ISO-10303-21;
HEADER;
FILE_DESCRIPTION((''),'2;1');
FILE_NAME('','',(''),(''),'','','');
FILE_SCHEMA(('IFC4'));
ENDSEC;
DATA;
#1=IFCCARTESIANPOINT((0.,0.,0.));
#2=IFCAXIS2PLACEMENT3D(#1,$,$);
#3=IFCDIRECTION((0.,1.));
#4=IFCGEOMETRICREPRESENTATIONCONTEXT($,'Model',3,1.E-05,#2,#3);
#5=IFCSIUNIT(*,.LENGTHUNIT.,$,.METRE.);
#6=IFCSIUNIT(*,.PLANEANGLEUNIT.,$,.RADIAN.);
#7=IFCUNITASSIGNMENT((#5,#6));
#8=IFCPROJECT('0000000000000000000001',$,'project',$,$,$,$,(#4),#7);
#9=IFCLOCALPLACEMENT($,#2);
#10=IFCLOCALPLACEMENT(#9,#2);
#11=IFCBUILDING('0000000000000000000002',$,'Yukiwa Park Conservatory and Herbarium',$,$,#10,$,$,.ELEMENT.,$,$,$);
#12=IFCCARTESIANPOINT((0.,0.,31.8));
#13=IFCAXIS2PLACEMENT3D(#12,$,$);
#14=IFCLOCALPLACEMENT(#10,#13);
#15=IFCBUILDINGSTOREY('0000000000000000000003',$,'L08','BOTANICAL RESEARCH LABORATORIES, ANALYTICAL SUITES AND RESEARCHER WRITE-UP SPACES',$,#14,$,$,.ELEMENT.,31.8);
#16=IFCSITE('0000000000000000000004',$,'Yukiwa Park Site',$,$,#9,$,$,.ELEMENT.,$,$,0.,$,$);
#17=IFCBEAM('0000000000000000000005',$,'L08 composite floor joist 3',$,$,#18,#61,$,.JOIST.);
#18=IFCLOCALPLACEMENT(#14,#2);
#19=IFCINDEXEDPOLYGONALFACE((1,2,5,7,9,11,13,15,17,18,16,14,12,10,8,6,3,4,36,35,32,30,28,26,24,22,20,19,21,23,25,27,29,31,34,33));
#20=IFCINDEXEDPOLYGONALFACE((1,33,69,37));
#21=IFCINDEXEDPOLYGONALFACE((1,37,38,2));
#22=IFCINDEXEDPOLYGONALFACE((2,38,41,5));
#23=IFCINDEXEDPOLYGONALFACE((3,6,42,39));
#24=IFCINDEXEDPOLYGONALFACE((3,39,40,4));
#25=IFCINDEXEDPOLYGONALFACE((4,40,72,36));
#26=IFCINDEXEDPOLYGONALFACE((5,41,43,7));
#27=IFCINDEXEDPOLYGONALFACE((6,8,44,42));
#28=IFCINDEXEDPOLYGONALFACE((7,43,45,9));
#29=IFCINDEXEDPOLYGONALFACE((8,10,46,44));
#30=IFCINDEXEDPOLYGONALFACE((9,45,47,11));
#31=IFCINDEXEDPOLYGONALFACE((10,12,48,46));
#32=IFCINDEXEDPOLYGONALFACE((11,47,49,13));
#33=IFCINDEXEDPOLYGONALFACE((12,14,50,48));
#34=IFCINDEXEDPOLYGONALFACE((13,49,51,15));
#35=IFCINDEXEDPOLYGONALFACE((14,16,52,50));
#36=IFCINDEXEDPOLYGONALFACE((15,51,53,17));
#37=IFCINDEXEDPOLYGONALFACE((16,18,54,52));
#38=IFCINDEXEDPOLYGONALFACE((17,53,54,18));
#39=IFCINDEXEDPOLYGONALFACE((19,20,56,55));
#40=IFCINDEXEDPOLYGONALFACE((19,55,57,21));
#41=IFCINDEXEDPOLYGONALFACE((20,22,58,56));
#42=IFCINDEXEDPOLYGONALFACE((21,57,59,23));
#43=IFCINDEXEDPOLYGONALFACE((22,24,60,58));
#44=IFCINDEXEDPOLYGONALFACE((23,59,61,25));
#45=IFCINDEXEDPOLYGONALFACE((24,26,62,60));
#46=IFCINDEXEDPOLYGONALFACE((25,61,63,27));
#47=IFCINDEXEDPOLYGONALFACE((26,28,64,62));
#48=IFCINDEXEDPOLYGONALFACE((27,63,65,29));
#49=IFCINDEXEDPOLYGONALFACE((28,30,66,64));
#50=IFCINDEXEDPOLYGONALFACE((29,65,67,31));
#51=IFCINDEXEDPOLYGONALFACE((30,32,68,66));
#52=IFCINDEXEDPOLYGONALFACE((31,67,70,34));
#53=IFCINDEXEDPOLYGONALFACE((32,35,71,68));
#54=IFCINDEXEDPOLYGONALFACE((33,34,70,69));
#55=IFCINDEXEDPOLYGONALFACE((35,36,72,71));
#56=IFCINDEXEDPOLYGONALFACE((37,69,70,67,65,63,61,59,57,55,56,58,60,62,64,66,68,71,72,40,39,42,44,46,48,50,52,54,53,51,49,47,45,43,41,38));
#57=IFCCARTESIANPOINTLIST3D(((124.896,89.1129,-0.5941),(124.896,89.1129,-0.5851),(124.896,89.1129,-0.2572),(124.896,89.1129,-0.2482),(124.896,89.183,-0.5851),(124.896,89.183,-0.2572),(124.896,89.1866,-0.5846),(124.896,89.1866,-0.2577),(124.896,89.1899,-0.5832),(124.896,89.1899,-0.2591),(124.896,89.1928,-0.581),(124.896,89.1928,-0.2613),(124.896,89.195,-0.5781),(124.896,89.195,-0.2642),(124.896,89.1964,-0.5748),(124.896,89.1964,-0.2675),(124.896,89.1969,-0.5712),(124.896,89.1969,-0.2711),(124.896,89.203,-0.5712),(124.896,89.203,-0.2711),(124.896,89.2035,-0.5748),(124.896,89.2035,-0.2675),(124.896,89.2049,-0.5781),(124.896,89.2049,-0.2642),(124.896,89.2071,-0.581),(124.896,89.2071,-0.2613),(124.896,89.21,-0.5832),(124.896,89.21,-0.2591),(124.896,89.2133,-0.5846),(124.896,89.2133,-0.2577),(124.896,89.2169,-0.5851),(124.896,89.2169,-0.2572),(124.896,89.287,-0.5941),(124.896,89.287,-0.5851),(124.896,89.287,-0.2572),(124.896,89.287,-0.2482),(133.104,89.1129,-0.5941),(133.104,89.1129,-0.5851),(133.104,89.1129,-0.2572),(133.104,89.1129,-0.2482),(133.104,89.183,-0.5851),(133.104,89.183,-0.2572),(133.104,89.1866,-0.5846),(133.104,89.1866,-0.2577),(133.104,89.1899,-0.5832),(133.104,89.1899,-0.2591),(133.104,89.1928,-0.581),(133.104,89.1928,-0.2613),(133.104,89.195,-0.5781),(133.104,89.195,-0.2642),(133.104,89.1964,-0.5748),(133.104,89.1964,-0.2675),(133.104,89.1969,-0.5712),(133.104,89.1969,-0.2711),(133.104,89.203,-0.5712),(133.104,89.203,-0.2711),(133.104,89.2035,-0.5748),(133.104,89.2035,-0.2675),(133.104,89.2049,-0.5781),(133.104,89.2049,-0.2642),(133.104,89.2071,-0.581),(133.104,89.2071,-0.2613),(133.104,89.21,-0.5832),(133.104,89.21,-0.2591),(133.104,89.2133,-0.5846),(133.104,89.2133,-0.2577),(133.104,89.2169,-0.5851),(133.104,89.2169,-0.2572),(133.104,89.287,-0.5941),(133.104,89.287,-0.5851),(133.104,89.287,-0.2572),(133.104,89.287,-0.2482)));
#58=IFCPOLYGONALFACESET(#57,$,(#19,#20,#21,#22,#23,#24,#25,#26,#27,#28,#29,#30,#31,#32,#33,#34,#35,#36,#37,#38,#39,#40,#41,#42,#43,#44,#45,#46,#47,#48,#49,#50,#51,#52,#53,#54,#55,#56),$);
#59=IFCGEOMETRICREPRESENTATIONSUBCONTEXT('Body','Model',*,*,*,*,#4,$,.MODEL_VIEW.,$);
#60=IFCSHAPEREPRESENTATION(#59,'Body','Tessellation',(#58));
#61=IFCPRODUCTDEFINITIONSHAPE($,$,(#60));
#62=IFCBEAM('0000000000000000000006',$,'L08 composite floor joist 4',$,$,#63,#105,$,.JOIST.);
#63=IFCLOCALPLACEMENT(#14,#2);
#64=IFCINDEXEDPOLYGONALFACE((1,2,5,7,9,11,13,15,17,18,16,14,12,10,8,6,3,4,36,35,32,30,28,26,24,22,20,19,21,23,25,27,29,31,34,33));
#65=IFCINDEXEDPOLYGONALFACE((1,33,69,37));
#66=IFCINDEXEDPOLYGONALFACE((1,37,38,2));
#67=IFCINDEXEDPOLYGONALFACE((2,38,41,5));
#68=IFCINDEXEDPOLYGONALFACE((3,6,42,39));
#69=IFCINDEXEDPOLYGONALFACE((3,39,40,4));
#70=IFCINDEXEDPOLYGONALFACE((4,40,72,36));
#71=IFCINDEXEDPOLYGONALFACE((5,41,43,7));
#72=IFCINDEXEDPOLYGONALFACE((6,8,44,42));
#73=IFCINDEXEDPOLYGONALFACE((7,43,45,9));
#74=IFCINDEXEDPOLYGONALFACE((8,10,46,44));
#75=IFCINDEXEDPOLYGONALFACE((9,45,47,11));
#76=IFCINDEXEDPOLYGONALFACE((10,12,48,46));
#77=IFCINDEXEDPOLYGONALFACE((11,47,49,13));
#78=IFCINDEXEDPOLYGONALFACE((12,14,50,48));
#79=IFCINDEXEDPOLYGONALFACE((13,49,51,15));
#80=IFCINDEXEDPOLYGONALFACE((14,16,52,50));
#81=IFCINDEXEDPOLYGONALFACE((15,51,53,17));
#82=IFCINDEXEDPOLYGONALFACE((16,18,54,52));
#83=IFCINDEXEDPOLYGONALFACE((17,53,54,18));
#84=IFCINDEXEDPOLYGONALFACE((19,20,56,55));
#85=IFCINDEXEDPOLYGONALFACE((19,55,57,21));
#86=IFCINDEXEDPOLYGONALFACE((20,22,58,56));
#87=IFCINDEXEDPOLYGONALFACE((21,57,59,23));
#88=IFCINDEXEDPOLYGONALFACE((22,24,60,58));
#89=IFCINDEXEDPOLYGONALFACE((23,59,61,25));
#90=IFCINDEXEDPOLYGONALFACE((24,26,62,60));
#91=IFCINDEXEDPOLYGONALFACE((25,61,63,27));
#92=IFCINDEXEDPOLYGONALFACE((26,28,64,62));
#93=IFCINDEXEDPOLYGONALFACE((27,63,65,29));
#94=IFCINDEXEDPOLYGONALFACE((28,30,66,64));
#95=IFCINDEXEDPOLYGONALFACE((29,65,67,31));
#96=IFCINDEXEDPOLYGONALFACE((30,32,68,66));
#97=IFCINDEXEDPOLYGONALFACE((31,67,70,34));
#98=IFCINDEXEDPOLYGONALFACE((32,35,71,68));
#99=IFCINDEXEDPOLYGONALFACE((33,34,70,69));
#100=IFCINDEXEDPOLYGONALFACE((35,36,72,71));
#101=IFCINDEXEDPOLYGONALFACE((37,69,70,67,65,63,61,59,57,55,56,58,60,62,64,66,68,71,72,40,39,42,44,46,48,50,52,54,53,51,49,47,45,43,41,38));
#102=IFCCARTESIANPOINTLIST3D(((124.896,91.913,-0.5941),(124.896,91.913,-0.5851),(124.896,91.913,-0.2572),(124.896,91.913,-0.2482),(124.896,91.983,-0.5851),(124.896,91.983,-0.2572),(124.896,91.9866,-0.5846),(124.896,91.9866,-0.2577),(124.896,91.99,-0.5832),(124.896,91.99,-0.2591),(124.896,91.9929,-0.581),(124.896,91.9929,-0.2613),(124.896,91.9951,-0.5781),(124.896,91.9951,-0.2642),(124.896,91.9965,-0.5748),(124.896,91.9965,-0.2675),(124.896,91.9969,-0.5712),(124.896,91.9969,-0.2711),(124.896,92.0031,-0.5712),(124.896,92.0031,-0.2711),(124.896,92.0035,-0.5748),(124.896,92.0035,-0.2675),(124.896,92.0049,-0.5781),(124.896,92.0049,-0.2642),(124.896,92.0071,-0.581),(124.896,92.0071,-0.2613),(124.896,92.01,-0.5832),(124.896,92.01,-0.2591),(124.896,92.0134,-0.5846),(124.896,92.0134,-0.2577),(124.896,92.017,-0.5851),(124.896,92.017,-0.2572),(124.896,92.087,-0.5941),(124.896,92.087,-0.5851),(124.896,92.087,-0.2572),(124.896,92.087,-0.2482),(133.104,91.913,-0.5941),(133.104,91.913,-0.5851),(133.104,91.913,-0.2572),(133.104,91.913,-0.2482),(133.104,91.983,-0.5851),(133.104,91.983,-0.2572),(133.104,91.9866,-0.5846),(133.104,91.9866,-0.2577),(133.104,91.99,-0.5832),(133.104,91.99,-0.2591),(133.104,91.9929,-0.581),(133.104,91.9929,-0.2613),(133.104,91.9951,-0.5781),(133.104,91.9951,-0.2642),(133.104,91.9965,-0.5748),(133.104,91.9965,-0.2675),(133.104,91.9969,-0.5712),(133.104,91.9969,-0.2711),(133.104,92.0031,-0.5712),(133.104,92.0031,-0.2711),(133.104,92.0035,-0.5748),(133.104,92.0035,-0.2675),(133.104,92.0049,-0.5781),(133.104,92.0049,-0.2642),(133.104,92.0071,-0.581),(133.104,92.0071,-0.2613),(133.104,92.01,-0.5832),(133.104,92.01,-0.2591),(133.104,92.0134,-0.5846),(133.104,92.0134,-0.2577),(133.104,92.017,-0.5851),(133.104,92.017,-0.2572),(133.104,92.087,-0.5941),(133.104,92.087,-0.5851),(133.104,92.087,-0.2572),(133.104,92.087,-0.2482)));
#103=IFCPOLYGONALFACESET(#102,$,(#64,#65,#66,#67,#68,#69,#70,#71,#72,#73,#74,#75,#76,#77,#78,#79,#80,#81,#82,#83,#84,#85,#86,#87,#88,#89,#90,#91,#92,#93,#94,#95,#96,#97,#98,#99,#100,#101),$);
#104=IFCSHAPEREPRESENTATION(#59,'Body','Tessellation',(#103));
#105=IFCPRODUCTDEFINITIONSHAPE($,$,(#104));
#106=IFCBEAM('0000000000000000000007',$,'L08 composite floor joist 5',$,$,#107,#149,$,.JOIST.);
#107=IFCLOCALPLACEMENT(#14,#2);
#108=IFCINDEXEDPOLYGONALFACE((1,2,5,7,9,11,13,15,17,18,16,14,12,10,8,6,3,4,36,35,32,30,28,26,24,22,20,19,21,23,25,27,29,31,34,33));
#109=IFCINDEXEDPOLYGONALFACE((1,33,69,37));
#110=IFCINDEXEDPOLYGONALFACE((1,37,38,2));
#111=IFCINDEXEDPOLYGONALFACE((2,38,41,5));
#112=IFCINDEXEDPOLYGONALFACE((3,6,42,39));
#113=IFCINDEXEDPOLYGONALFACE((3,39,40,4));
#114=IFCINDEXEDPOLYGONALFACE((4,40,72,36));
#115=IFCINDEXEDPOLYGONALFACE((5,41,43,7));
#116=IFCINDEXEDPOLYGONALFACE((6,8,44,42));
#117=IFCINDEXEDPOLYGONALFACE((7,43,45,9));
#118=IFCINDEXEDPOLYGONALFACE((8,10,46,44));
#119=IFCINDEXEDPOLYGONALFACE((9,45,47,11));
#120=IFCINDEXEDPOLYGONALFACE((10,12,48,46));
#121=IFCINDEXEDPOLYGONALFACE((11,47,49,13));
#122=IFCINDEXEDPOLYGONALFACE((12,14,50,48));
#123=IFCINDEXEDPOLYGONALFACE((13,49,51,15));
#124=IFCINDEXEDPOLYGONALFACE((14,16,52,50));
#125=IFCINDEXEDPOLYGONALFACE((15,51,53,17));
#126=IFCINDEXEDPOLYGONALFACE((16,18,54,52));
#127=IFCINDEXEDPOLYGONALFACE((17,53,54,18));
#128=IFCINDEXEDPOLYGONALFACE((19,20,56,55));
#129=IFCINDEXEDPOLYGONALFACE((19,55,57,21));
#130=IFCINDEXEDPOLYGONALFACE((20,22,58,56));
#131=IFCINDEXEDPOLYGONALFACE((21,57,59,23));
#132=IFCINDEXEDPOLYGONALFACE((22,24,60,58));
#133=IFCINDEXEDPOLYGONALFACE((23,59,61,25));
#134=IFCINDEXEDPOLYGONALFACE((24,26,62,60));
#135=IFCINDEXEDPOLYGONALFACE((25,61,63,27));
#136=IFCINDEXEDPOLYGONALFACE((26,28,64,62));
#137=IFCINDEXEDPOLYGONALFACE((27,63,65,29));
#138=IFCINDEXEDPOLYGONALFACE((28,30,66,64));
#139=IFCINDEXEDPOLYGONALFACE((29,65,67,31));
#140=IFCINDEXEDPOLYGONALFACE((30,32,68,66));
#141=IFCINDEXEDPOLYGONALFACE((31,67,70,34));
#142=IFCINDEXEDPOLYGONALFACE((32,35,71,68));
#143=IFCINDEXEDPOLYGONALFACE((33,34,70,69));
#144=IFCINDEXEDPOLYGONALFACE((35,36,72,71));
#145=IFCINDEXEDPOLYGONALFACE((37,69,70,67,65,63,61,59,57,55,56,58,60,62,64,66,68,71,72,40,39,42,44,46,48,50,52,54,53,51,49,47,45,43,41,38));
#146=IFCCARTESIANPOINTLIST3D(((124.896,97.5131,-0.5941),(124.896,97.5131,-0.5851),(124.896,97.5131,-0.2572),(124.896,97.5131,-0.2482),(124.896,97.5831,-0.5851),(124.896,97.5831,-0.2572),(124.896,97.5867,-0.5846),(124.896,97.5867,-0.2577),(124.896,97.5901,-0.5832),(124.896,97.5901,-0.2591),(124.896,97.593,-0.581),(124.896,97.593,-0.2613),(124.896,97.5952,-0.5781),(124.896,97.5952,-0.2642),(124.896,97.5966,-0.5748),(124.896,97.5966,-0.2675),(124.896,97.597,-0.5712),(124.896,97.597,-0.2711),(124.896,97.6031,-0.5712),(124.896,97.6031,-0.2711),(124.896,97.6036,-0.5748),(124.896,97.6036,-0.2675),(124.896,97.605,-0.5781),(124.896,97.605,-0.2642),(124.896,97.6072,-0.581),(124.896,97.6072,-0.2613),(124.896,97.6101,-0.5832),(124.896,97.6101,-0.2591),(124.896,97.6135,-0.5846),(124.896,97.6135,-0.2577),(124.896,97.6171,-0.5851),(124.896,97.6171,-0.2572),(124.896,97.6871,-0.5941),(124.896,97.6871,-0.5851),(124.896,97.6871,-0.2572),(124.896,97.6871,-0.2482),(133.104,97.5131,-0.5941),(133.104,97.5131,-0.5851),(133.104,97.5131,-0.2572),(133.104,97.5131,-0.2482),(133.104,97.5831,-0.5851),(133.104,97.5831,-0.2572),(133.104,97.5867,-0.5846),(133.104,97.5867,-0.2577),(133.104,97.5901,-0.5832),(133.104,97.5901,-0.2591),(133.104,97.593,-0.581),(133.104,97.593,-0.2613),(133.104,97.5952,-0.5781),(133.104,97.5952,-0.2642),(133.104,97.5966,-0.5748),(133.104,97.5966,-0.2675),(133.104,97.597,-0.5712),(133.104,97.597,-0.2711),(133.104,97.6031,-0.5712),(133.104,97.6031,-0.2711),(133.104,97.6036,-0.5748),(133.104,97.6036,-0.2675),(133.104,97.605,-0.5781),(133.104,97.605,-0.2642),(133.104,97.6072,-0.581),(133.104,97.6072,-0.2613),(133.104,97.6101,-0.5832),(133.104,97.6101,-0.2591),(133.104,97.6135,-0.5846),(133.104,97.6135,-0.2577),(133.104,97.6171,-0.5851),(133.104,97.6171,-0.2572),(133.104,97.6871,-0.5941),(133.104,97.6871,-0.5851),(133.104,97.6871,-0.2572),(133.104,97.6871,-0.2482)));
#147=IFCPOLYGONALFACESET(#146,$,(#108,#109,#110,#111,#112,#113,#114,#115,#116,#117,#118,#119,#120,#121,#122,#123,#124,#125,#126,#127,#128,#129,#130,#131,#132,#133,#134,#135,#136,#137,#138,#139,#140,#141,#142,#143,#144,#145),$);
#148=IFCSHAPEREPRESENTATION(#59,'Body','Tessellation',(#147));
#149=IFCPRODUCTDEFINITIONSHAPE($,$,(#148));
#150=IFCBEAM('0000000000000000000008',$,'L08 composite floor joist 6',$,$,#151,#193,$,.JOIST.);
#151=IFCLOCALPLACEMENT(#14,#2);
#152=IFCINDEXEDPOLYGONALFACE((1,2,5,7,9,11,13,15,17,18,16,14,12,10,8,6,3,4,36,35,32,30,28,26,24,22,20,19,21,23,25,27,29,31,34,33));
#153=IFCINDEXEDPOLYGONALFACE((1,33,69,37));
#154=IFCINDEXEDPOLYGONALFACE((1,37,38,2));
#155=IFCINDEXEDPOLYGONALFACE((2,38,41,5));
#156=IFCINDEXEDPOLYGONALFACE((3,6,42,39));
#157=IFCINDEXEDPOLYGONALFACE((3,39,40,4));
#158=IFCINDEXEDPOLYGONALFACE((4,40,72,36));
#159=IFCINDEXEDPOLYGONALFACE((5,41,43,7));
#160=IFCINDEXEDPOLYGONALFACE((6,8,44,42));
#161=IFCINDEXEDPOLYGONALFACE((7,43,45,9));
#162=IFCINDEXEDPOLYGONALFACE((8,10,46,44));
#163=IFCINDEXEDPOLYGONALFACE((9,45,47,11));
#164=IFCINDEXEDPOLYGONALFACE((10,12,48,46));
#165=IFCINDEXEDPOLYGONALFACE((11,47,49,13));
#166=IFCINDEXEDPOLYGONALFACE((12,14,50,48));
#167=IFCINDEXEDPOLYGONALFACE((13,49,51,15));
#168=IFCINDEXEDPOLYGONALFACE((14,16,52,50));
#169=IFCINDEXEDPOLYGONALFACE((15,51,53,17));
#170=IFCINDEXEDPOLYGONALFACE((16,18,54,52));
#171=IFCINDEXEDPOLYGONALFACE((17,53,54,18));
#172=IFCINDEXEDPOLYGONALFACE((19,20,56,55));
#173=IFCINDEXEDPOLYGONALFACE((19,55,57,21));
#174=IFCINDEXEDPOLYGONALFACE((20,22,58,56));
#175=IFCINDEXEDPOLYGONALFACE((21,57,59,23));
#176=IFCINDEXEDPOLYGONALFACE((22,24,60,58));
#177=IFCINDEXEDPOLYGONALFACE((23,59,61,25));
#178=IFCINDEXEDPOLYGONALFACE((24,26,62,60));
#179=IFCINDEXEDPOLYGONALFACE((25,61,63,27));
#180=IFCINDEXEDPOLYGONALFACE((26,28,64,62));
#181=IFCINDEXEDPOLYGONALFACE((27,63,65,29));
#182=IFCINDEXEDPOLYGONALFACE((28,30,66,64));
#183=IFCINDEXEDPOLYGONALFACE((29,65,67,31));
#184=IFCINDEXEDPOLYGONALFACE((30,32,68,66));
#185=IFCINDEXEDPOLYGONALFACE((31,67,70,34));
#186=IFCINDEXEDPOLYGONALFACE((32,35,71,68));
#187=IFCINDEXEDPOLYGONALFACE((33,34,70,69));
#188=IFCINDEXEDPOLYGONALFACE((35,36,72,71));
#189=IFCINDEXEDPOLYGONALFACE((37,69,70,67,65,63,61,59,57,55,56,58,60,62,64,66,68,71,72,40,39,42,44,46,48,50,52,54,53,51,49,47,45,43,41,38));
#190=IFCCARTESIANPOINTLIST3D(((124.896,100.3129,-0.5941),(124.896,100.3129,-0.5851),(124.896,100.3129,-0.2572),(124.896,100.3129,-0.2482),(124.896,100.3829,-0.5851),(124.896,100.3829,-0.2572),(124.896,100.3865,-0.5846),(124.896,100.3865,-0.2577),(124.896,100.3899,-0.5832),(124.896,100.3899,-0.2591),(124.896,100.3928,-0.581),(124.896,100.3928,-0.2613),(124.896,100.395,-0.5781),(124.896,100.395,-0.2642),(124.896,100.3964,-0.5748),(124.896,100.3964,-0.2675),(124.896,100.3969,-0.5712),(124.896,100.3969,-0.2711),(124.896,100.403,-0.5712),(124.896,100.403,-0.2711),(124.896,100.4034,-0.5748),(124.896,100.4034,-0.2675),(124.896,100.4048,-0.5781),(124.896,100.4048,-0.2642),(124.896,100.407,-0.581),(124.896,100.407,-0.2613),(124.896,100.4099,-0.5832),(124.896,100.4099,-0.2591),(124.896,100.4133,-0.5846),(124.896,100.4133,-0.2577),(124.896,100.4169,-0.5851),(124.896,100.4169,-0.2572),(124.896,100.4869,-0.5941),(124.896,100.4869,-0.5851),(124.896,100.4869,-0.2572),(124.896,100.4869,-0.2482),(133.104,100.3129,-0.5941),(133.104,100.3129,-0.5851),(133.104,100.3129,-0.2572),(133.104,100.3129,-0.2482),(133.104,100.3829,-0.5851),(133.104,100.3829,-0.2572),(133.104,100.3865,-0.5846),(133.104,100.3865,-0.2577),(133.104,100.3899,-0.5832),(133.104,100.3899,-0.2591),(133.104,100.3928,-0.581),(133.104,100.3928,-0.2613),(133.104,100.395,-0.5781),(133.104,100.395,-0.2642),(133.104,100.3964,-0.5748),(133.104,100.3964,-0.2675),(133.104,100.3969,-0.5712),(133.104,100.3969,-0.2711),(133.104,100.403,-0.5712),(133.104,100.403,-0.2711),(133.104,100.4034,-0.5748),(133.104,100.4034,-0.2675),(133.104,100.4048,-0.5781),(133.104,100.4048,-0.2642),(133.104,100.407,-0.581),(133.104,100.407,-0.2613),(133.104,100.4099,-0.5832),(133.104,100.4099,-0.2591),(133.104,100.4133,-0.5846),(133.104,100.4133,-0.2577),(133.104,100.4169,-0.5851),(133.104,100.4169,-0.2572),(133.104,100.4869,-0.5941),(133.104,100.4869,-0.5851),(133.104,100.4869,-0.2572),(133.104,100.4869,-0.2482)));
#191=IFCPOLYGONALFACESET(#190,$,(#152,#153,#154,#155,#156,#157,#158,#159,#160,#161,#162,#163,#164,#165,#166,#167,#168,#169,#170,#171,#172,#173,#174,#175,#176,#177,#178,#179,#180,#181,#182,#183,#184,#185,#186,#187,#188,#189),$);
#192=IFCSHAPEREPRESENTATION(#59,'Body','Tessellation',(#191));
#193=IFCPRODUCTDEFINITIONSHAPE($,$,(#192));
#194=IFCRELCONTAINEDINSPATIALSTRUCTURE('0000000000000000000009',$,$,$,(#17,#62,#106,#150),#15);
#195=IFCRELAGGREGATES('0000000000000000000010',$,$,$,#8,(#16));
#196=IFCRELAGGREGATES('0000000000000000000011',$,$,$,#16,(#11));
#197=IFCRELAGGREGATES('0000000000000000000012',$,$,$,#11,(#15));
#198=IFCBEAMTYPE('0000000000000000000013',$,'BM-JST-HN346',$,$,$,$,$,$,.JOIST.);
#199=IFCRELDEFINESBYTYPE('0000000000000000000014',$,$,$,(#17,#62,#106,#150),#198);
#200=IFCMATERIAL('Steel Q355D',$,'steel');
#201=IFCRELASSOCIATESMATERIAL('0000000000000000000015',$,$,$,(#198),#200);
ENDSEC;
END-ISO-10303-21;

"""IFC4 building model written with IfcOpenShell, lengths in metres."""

from ifc_helpers import new_model, si_unit, direction, frame, origin, origin_2d, place, context, subcontext, project, spatial, i_section, extrude, material, material_profile, profile_set, type_object, element, save


model = new_model("IFC4")

# Units and contexts
model_context = context("Model", 3, precision=1e-05, world=origin(), true_north=direction((0.0, 1.0)))
body_context = subcontext(model_context, "Body", "Model", "MODEL_VIEW")
ifc_project = project(units=[si_unit("LENGTHUNIT", "METRE"), si_unit("PLANEANGLEUNIT", "RADIAN")], contexts=[model_context])

# Site, building, storey
site_placement = place(None, origin())
site = spatial("IfcSite", under=ifc_project, at=site_placement, Name="Yukiwa Park Site", CompositionType="ELEMENT", RefElevation=0.0)
building_placement = place(site_placement, origin())
building = spatial("IfcBuilding", under=site, at=building_placement, Name="Yukiwa Park Conservatory and Herbarium", CompositionType="ELEMENT")
storey_placement = place(building_placement, frame((0.0, 0.0, 31.8)))
storey = spatial("IfcBuildingStorey", under=building, at=storey_placement, Name="L08", Description="BOTANICAL RESEARCH LABORATORIES, ANALYTICAL SUITES AND RESEARCHER WRITE-UP SPACES", CompositionType="ELEMENT", Elevation=31.8)

# Beams
ifc_material_1 = material(Name="Steel Q355D", Category="steel")
ifc_material_profile_1 = material_profile(ifc_material_1, i_section(OverallWidth=0.1741, OverallDepth=0.3459, WebThickness=0.0061, FlangeThickness=0.009, FilletRadius=0.0139, at=origin_2d()), Name="HN 346x174x6x9")
ifc_profile_set_1 = profile_set([ifc_material_profile_1], Name="Steel Q355D")
beam_type_1 = type_object("IfcBeamType", Name="BM-JST-HN346", PredefinedType="JOIST", material=ifc_profile_set_1)
for number, where, z_axis, x_axis, name in (
    (1, (124.896, 89.2, -0.4211), (1.0, 0.0, 0.0), (0.0, 1.0, 0.0), "L08 composite floor joist 3"),
    (2, (124.896, 92.0, -0.4211), (1.0, 0.0, 0.0), (0.0, 1.0, 0.0), "L08 composite floor joist 4"),
    (3, (124.896, 97.6001, -0.4211), (1.0, 0.0, 0.0), (0.0, 1.0, 0.0), "L08 composite floor joist 5"),
    (4, (124.896, 100.3999, -0.4211), (1.0, 0.0, 0.0), (0.0, 1.0, 0.0), "L08 composite floor joist 6"),
):
    element("IfcBeam", number, at=place(storey_placement, frame(where, z_axis=z_axis, x_axis=x_axis)), inside=storey, type_object=beam_type_1, Name=name, PredefinedType="JOIST", context=body_context, shape_type="SweptSolid", body=[
        extrude(i_section(OverallWidth=0.1741, OverallDepth=0.3459, WebThickness=0.0061, FlangeThickness=0.009, FilletRadius=0.0139, at=origin_2d()), origin(), (0.0, 0.0, 1.0), 8.208),
    ])

save(model, "model.ifc")
